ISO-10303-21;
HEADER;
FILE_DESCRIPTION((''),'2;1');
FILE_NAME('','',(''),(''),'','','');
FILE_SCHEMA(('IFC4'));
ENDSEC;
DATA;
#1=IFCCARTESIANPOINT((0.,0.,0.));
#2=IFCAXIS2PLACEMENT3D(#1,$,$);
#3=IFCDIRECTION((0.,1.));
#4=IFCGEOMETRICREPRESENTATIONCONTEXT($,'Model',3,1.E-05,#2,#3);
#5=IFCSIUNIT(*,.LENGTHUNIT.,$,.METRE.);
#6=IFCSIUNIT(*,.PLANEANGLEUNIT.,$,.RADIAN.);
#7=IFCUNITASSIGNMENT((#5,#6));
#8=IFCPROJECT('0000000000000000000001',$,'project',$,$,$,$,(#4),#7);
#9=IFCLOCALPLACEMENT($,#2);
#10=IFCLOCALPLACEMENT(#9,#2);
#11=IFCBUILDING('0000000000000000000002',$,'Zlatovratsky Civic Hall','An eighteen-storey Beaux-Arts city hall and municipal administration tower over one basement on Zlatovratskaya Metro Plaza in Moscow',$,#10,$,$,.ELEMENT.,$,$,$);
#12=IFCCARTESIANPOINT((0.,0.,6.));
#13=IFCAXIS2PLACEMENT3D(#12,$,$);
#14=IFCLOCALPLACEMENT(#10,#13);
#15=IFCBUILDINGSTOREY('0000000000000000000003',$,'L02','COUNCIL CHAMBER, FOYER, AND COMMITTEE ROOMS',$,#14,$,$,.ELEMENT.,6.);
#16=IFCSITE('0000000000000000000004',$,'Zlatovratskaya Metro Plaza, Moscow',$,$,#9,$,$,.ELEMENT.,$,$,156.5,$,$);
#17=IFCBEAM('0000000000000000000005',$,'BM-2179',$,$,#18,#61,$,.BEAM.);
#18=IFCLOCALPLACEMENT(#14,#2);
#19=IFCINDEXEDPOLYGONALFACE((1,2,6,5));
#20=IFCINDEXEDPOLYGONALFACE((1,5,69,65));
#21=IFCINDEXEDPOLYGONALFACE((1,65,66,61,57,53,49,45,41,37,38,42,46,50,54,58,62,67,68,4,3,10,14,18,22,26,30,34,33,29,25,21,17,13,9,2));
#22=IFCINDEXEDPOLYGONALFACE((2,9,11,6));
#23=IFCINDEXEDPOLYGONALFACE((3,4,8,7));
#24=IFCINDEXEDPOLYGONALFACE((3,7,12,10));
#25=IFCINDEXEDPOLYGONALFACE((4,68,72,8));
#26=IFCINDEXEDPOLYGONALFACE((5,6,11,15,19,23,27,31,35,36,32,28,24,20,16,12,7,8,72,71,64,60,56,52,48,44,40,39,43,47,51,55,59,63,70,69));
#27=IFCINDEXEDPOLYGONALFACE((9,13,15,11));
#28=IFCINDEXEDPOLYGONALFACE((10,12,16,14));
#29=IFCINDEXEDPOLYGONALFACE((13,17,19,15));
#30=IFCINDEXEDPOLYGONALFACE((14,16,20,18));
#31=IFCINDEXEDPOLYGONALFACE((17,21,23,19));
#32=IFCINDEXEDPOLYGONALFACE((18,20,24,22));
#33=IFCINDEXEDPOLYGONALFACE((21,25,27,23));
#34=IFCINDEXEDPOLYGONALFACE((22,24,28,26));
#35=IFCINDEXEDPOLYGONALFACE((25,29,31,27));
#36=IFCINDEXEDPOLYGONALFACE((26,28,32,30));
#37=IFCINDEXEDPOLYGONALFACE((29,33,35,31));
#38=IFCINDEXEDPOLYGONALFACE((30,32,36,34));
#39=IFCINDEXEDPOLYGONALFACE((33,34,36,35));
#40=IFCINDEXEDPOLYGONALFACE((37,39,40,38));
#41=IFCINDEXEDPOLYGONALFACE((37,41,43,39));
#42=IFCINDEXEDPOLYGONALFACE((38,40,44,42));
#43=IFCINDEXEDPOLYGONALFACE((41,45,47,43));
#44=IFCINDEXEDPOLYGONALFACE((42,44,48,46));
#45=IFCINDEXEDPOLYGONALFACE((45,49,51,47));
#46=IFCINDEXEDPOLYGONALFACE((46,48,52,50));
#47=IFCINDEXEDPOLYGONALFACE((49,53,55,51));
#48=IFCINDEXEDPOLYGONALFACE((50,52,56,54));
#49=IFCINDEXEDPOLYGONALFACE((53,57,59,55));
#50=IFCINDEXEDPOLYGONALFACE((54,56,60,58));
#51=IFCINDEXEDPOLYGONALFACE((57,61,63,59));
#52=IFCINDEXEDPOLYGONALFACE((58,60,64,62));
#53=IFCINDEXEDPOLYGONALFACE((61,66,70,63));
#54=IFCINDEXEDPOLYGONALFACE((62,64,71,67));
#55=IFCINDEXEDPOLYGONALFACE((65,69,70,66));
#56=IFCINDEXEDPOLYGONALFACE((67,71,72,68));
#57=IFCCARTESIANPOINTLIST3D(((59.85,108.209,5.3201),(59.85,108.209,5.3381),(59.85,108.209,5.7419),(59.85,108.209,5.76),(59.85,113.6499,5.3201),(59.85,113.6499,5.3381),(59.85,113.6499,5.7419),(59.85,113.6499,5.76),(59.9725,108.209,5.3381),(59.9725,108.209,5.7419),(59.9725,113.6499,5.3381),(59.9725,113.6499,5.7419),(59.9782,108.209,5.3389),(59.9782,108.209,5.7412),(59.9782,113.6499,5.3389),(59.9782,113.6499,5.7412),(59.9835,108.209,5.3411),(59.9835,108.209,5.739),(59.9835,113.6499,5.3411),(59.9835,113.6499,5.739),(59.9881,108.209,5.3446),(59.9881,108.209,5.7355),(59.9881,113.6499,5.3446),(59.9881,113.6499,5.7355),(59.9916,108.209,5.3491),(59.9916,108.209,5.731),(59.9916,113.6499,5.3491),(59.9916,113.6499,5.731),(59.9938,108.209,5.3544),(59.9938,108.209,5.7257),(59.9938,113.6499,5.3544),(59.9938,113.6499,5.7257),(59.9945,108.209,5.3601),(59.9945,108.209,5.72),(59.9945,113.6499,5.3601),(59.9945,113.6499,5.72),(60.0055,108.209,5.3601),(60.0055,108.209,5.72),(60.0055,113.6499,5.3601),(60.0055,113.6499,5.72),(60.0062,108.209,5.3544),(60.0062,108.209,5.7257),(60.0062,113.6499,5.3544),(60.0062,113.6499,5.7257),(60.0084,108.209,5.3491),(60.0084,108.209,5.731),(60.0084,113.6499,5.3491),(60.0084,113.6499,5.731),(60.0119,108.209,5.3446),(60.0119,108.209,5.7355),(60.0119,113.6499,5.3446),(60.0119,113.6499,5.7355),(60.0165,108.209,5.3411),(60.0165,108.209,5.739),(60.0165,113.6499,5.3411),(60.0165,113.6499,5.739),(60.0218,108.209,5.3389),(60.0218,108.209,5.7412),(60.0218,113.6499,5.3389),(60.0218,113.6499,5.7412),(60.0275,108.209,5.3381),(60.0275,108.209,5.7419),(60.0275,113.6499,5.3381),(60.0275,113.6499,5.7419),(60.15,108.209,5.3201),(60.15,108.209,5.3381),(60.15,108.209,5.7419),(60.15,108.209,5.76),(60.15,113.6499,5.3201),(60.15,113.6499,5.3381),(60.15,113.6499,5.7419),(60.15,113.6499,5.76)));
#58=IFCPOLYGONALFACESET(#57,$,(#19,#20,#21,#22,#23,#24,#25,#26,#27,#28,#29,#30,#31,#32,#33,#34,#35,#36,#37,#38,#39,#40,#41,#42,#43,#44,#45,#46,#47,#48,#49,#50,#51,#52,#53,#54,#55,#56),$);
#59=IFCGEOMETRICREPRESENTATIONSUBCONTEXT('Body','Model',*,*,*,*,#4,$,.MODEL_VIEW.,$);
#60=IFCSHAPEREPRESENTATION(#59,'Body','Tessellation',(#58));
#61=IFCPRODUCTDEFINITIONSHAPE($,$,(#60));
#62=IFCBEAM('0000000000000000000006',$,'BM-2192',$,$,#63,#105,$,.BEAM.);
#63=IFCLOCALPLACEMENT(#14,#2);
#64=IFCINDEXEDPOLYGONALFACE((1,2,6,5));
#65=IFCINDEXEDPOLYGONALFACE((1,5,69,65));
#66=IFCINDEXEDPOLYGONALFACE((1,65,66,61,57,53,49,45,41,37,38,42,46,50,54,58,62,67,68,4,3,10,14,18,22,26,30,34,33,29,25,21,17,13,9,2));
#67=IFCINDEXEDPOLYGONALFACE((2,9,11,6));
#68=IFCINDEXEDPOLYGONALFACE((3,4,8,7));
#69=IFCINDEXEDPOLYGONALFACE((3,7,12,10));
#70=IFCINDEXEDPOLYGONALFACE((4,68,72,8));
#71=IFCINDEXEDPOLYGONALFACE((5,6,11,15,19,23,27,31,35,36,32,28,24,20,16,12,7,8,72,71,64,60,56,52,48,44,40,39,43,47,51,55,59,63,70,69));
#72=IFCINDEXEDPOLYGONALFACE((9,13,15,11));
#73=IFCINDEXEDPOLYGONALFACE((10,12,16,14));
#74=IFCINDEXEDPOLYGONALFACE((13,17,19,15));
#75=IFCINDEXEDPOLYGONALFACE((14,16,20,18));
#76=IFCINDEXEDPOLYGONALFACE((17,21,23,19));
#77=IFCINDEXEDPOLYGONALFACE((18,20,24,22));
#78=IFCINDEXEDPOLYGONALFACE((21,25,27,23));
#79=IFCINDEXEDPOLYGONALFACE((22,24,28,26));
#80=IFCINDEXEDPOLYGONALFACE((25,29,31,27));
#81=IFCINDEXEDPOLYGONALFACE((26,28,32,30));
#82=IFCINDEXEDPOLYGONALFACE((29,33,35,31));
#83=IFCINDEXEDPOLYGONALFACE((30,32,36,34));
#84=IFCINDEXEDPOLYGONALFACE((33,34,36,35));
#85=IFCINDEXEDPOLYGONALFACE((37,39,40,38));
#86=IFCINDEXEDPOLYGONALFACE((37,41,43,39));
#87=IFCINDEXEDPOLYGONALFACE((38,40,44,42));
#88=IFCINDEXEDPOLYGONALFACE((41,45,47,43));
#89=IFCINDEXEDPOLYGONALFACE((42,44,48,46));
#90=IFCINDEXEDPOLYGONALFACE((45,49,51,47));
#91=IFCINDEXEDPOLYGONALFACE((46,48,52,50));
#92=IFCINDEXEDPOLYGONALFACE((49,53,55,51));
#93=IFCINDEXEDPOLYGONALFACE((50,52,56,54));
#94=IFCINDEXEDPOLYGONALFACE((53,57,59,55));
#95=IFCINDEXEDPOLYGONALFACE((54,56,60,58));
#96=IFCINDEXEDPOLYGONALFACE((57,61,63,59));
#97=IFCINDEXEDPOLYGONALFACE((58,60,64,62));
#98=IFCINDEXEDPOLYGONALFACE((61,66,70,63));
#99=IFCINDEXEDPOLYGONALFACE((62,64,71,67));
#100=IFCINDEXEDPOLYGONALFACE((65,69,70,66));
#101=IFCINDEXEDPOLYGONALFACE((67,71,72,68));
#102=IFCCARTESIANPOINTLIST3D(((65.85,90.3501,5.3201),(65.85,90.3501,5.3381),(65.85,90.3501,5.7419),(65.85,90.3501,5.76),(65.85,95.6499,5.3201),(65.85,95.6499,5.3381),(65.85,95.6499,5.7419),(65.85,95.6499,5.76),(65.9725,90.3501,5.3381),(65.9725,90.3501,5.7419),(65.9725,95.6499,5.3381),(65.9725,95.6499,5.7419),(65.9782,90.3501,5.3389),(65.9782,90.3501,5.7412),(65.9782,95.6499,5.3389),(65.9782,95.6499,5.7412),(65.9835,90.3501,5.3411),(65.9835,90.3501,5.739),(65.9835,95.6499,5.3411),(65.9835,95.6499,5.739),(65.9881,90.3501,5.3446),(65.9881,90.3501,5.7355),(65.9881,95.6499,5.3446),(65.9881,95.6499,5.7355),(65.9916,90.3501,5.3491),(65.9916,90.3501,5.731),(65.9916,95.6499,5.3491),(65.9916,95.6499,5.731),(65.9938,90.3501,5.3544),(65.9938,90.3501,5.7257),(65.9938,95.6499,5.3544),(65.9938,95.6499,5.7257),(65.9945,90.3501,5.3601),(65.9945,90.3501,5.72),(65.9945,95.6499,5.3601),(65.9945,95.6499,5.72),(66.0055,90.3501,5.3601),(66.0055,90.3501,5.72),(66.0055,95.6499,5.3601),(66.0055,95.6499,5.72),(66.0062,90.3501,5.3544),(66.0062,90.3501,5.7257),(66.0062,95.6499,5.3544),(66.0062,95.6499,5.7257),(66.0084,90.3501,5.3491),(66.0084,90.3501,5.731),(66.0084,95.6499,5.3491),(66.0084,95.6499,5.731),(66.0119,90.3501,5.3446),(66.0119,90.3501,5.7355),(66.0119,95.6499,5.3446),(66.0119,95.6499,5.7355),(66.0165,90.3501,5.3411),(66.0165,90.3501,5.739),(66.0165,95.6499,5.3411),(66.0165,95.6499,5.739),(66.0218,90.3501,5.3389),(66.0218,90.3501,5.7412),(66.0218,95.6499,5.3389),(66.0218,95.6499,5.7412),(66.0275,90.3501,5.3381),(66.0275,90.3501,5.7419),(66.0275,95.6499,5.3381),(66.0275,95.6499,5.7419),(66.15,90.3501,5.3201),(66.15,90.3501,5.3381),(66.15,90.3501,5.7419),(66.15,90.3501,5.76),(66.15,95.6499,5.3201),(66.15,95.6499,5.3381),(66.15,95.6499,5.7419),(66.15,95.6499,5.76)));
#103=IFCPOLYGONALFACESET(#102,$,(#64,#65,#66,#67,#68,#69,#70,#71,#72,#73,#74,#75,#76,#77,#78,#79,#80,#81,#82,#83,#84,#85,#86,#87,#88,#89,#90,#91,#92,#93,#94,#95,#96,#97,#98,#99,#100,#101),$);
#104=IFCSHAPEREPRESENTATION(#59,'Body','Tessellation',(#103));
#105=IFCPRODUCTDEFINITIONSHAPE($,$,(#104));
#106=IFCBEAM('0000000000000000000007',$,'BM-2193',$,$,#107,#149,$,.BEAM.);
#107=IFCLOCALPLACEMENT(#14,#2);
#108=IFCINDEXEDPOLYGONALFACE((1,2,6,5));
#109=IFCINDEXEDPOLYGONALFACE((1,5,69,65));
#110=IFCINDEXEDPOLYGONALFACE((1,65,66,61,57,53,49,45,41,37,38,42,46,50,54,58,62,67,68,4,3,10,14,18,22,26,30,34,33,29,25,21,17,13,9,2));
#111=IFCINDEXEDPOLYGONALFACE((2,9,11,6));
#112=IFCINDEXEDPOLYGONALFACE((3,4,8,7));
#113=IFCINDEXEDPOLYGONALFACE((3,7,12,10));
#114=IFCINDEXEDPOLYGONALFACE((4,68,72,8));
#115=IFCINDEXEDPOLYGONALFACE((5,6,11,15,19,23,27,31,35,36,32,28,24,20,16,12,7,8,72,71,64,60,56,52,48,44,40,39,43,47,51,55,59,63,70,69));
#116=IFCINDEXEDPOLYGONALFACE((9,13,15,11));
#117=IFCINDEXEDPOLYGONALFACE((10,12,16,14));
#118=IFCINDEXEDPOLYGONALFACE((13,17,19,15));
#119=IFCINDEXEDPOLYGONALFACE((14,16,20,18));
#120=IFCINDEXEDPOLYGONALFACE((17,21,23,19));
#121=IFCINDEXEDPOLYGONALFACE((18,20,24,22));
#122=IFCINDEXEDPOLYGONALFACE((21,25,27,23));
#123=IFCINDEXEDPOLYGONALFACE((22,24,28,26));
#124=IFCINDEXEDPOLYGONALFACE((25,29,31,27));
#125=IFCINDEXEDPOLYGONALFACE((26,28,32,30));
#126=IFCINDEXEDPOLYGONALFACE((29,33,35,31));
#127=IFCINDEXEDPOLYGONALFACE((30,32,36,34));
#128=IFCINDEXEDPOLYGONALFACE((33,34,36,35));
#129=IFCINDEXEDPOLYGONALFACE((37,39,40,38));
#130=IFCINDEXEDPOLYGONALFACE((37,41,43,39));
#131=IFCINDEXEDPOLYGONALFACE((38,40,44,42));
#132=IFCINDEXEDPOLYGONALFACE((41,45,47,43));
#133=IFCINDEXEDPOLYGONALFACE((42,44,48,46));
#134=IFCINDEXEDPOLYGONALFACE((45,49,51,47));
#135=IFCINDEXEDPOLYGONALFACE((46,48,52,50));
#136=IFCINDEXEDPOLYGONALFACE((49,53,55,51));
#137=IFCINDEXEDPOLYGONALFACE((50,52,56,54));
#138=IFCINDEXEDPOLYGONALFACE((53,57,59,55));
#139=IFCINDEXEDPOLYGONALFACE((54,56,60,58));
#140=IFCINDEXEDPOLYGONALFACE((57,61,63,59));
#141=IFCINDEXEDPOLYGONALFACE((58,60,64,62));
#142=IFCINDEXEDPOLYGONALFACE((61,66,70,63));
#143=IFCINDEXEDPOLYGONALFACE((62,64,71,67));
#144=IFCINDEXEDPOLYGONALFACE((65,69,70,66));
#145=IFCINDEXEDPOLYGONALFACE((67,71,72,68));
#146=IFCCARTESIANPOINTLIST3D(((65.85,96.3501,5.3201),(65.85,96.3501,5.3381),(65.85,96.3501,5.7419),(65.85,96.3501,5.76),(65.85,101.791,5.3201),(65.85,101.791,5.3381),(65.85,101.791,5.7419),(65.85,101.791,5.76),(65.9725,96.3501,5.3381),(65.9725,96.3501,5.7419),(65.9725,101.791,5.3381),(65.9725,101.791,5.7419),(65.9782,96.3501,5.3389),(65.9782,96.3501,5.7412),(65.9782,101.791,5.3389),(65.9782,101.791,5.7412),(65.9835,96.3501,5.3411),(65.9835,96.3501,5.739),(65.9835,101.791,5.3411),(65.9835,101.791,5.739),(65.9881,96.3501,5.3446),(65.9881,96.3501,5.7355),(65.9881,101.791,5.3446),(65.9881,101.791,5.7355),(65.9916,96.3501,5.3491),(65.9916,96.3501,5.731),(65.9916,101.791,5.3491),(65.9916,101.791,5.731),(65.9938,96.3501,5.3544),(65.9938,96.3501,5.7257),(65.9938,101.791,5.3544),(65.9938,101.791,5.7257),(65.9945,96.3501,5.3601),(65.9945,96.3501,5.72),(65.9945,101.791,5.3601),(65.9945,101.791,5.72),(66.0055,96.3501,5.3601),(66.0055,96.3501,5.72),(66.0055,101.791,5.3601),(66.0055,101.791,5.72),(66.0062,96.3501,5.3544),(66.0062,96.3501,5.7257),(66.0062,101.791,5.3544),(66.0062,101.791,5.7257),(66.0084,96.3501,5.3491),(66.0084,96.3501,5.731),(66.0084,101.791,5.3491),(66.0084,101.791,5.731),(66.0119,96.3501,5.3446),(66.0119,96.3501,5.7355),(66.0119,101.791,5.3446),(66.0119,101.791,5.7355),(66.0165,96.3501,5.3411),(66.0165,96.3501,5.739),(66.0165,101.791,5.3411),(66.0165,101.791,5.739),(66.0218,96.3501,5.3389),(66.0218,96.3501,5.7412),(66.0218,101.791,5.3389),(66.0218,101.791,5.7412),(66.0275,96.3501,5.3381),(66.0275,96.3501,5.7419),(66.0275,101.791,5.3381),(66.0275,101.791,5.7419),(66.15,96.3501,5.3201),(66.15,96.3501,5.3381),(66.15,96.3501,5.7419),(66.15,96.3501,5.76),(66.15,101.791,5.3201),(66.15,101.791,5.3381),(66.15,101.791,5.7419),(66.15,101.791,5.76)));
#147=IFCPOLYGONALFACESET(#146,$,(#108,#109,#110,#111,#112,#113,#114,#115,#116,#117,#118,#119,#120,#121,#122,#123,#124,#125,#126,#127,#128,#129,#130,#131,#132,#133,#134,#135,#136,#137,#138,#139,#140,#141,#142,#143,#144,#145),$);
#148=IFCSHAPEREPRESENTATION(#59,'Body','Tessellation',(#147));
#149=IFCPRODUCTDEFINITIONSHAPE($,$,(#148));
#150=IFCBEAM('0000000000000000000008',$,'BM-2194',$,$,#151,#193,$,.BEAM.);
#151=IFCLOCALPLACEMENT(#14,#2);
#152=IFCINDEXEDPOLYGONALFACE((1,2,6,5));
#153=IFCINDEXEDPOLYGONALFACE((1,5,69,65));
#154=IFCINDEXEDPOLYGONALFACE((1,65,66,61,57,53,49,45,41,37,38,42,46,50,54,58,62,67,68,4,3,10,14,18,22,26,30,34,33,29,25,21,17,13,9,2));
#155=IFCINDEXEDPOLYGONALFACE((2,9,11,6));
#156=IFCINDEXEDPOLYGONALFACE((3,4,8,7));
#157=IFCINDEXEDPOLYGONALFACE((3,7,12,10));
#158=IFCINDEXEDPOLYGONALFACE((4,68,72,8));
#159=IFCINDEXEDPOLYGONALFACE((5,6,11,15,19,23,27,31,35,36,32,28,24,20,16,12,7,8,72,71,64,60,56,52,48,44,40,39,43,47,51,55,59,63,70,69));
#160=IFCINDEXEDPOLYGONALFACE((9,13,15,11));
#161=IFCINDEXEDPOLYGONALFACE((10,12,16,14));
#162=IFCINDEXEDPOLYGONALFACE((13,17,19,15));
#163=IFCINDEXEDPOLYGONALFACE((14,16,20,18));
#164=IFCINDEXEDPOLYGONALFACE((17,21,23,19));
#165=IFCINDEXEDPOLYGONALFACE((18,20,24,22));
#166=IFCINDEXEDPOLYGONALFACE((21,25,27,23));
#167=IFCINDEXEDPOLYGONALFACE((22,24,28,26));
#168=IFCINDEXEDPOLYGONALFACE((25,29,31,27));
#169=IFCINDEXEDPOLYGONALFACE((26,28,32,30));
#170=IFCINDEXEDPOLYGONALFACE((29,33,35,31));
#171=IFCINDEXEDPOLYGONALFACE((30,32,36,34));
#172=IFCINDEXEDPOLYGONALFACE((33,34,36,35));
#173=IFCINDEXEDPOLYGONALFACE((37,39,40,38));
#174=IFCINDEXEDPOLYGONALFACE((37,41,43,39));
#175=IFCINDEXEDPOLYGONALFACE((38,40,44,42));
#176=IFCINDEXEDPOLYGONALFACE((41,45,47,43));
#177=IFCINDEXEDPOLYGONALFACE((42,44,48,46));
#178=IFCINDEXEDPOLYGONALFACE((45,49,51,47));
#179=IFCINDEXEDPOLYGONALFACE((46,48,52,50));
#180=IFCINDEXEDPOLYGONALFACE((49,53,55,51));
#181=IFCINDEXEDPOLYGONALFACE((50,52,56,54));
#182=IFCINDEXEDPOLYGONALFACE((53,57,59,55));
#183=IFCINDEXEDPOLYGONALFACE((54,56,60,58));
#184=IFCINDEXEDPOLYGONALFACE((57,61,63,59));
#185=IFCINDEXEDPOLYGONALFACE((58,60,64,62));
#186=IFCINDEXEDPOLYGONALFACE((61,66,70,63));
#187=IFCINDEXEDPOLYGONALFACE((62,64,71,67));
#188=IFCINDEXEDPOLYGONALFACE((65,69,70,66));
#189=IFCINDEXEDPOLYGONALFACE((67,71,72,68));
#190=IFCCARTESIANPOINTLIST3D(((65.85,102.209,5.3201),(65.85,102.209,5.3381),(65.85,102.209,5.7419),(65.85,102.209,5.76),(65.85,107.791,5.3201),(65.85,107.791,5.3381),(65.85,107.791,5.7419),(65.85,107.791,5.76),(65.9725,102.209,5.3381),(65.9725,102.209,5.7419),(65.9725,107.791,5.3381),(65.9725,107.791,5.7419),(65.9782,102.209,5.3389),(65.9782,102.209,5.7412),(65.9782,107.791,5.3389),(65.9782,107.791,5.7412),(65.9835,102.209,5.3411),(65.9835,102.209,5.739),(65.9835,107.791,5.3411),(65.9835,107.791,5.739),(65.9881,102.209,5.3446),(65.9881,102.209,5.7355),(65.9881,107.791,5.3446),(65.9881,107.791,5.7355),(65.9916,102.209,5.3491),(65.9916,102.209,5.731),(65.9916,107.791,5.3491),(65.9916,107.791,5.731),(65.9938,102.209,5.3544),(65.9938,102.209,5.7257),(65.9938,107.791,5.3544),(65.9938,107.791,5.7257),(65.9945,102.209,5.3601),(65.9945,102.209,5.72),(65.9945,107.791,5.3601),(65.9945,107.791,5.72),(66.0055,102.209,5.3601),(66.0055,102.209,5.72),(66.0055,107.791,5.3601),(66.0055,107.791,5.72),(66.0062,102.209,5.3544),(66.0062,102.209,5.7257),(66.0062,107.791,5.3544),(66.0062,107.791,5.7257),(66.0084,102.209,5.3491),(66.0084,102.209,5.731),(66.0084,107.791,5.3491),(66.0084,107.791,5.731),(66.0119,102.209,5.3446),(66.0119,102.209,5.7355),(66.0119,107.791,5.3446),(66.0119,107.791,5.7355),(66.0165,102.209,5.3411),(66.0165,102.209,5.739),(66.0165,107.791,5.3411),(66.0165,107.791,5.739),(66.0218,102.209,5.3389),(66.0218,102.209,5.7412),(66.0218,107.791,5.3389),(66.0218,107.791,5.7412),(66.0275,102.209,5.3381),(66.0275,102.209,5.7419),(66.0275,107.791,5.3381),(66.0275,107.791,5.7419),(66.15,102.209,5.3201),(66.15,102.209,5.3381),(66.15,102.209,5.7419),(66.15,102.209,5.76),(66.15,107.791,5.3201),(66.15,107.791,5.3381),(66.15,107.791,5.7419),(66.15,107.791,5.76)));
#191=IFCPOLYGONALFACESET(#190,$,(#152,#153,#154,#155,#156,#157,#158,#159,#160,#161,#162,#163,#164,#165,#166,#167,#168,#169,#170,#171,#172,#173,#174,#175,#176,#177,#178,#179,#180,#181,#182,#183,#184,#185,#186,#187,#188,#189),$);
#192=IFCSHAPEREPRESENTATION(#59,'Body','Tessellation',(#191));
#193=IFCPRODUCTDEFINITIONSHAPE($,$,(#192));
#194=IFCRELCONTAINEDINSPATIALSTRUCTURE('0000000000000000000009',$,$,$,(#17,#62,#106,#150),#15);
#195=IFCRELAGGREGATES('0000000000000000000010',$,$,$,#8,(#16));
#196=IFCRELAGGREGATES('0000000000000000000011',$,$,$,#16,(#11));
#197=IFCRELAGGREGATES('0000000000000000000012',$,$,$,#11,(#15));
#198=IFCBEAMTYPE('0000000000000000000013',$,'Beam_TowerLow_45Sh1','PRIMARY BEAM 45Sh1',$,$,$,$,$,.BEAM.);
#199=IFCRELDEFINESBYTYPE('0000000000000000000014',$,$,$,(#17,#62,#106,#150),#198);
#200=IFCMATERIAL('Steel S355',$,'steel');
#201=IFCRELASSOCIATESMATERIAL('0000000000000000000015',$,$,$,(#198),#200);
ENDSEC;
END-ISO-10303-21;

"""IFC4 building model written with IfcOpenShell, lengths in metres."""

from ifc_helpers import new_model, si_unit, direction, frame, origin, origin_2d, place, context, subcontext, project, spatial, i_section, extrude, material, material_profile, profile_set, type_object, element, save


model = new_model("IFC4")

# Units and contexts
model_context = context("Model", 3, precision=1e-05, world=origin(), true_north=direction((0.0, 1.0)))
body_context = subcontext(model_context, "Body", "Model", "MODEL_VIEW")
ifc_project = project(units=[si_unit("LENGTHUNIT", "METRE"), si_unit("PLANEANGLEUNIT", "RADIAN")], contexts=[model_context])

# Site, building, storey
site_placement = place(None, origin())
site = spatial("IfcSite", under=ifc_project, at=site_placement, Name="Zlatovratskaya Metro Plaza, Moscow", CompositionType="ELEMENT", RefElevation=156.5)
building_placement = place(site_placement, origin())
building = spatial("IfcBuilding", under=site, at=building_placement, Name="Zlatovratsky Civic Hall", Description="An eighteen-storey Beaux-Arts city hall and municipal administration tower over one basement on Zlatovratskaya Metro Plaza in Moscow", CompositionType="ELEMENT")
storey_placement = place(building_placement, frame((0.0, 0.0, 6.0)))
storey = spatial("IfcBuildingStorey", under=building, at=storey_placement, Name="L02", Description="COUNCIL CHAMBER, FOYER, AND COMMITTEE ROOMS", CompositionType="ELEMENT", Elevation=6.0)

# Shared definitions
ifc_material_1 = material(Name="Steel S355", Category="steel")

# Beams
ifc_material_profile_1 = material_profile(ifc_material_1, i_section(OverallWidth=0.3, OverallDepth=0.4399, WebThickness=0.011, FlangeThickness=0.0181, FilletRadius=0.022, at=origin_2d()), Name="45Sh1")
ifc_profile_set_1 = profile_set([ifc_material_profile_1], Name="Steel S355")
beam_type_1 = type_object("IfcBeamType", Name="Beam_TowerLow_45Sh1", Description="PRIMARY BEAM 45Sh1", PredefinedType="BEAM", material=ifc_profile_set_1)
beam_1_placement = place(storey_placement, frame((60.0, 108.209, 5.54), z_axis=(0.0, 1.0, 0.0), x_axis=(-1.0, 0.0, 0.0)))
element("IfcBeam", 1, at=beam_1_placement, inside=storey, type_object=beam_type_1, Name="BM-2179", PredefinedType="BEAM", context=body_context, shape_type="SweptSolid", body=[
    extrude(i_section(OverallWidth=0.3, OverallDepth=0.4399, WebThickness=0.011, FlangeThickness=0.0181, FilletRadius=0.022, at=origin_2d()), origin(), (0.0, 0.0, 1.0), 5.4409),
])
beam_2_placement = place(storey_placement, frame((66.0, 90.3501, 5.54), z_axis=(0.0, 1.0, 0.0), x_axis=(-1.0, 0.0, 0.0)))
element("IfcBeam", 2, at=beam_2_placement, inside=storey, type_object=beam_type_1, Name="BM-2192", PredefinedType="BEAM", context=body_context, shape_type="SweptSolid", body=[
    extrude(i_section(OverallWidth=0.3, OverallDepth=0.4399, WebThickness=0.011, FlangeThickness=0.0181, FilletRadius=0.022, at=origin_2d()), origin(), (0.0, 0.0, 1.0), 5.2998),
])
beam_3_placement = place(storey_placement, frame((66.0, 96.3501, 5.54), z_axis=(0.0, 1.0, 0.0), x_axis=(-1.0, 0.0, 0.0)))
element("IfcBeam", 3, at=beam_3_placement, inside=storey, type_object=beam_type_1, Name="BM-2193", PredefinedType="BEAM", context=body_context, shape_type="SweptSolid", body=[
    extrude(i_section(OverallWidth=0.3, OverallDepth=0.4399, WebThickness=0.011, FlangeThickness=0.0181, FilletRadius=0.022, at=origin_2d()), origin(), (0.0, 0.0, 1.0), 5.4409),
])
beam_4_placement = place(storey_placement, frame((66.0, 102.209, 5.54), z_axis=(0.0, 1.0, 0.0), x_axis=(-1.0, 0.0, 0.0)))
element("IfcBeam", 4, at=beam_4_placement, inside=storey, type_object=beam_type_1, Name="BM-2194", PredefinedType="BEAM", context=body_context, shape_type="SweptSolid", body=[
    extrude(i_section(OverallWidth=0.3, OverallDepth=0.4399, WebThickness=0.011, FlangeThickness=0.0181, FilletRadius=0.022, at=origin_2d()), origin(), (0.0, 0.0, 1.0), 5.582),
])

save(model, "model.ifc")
